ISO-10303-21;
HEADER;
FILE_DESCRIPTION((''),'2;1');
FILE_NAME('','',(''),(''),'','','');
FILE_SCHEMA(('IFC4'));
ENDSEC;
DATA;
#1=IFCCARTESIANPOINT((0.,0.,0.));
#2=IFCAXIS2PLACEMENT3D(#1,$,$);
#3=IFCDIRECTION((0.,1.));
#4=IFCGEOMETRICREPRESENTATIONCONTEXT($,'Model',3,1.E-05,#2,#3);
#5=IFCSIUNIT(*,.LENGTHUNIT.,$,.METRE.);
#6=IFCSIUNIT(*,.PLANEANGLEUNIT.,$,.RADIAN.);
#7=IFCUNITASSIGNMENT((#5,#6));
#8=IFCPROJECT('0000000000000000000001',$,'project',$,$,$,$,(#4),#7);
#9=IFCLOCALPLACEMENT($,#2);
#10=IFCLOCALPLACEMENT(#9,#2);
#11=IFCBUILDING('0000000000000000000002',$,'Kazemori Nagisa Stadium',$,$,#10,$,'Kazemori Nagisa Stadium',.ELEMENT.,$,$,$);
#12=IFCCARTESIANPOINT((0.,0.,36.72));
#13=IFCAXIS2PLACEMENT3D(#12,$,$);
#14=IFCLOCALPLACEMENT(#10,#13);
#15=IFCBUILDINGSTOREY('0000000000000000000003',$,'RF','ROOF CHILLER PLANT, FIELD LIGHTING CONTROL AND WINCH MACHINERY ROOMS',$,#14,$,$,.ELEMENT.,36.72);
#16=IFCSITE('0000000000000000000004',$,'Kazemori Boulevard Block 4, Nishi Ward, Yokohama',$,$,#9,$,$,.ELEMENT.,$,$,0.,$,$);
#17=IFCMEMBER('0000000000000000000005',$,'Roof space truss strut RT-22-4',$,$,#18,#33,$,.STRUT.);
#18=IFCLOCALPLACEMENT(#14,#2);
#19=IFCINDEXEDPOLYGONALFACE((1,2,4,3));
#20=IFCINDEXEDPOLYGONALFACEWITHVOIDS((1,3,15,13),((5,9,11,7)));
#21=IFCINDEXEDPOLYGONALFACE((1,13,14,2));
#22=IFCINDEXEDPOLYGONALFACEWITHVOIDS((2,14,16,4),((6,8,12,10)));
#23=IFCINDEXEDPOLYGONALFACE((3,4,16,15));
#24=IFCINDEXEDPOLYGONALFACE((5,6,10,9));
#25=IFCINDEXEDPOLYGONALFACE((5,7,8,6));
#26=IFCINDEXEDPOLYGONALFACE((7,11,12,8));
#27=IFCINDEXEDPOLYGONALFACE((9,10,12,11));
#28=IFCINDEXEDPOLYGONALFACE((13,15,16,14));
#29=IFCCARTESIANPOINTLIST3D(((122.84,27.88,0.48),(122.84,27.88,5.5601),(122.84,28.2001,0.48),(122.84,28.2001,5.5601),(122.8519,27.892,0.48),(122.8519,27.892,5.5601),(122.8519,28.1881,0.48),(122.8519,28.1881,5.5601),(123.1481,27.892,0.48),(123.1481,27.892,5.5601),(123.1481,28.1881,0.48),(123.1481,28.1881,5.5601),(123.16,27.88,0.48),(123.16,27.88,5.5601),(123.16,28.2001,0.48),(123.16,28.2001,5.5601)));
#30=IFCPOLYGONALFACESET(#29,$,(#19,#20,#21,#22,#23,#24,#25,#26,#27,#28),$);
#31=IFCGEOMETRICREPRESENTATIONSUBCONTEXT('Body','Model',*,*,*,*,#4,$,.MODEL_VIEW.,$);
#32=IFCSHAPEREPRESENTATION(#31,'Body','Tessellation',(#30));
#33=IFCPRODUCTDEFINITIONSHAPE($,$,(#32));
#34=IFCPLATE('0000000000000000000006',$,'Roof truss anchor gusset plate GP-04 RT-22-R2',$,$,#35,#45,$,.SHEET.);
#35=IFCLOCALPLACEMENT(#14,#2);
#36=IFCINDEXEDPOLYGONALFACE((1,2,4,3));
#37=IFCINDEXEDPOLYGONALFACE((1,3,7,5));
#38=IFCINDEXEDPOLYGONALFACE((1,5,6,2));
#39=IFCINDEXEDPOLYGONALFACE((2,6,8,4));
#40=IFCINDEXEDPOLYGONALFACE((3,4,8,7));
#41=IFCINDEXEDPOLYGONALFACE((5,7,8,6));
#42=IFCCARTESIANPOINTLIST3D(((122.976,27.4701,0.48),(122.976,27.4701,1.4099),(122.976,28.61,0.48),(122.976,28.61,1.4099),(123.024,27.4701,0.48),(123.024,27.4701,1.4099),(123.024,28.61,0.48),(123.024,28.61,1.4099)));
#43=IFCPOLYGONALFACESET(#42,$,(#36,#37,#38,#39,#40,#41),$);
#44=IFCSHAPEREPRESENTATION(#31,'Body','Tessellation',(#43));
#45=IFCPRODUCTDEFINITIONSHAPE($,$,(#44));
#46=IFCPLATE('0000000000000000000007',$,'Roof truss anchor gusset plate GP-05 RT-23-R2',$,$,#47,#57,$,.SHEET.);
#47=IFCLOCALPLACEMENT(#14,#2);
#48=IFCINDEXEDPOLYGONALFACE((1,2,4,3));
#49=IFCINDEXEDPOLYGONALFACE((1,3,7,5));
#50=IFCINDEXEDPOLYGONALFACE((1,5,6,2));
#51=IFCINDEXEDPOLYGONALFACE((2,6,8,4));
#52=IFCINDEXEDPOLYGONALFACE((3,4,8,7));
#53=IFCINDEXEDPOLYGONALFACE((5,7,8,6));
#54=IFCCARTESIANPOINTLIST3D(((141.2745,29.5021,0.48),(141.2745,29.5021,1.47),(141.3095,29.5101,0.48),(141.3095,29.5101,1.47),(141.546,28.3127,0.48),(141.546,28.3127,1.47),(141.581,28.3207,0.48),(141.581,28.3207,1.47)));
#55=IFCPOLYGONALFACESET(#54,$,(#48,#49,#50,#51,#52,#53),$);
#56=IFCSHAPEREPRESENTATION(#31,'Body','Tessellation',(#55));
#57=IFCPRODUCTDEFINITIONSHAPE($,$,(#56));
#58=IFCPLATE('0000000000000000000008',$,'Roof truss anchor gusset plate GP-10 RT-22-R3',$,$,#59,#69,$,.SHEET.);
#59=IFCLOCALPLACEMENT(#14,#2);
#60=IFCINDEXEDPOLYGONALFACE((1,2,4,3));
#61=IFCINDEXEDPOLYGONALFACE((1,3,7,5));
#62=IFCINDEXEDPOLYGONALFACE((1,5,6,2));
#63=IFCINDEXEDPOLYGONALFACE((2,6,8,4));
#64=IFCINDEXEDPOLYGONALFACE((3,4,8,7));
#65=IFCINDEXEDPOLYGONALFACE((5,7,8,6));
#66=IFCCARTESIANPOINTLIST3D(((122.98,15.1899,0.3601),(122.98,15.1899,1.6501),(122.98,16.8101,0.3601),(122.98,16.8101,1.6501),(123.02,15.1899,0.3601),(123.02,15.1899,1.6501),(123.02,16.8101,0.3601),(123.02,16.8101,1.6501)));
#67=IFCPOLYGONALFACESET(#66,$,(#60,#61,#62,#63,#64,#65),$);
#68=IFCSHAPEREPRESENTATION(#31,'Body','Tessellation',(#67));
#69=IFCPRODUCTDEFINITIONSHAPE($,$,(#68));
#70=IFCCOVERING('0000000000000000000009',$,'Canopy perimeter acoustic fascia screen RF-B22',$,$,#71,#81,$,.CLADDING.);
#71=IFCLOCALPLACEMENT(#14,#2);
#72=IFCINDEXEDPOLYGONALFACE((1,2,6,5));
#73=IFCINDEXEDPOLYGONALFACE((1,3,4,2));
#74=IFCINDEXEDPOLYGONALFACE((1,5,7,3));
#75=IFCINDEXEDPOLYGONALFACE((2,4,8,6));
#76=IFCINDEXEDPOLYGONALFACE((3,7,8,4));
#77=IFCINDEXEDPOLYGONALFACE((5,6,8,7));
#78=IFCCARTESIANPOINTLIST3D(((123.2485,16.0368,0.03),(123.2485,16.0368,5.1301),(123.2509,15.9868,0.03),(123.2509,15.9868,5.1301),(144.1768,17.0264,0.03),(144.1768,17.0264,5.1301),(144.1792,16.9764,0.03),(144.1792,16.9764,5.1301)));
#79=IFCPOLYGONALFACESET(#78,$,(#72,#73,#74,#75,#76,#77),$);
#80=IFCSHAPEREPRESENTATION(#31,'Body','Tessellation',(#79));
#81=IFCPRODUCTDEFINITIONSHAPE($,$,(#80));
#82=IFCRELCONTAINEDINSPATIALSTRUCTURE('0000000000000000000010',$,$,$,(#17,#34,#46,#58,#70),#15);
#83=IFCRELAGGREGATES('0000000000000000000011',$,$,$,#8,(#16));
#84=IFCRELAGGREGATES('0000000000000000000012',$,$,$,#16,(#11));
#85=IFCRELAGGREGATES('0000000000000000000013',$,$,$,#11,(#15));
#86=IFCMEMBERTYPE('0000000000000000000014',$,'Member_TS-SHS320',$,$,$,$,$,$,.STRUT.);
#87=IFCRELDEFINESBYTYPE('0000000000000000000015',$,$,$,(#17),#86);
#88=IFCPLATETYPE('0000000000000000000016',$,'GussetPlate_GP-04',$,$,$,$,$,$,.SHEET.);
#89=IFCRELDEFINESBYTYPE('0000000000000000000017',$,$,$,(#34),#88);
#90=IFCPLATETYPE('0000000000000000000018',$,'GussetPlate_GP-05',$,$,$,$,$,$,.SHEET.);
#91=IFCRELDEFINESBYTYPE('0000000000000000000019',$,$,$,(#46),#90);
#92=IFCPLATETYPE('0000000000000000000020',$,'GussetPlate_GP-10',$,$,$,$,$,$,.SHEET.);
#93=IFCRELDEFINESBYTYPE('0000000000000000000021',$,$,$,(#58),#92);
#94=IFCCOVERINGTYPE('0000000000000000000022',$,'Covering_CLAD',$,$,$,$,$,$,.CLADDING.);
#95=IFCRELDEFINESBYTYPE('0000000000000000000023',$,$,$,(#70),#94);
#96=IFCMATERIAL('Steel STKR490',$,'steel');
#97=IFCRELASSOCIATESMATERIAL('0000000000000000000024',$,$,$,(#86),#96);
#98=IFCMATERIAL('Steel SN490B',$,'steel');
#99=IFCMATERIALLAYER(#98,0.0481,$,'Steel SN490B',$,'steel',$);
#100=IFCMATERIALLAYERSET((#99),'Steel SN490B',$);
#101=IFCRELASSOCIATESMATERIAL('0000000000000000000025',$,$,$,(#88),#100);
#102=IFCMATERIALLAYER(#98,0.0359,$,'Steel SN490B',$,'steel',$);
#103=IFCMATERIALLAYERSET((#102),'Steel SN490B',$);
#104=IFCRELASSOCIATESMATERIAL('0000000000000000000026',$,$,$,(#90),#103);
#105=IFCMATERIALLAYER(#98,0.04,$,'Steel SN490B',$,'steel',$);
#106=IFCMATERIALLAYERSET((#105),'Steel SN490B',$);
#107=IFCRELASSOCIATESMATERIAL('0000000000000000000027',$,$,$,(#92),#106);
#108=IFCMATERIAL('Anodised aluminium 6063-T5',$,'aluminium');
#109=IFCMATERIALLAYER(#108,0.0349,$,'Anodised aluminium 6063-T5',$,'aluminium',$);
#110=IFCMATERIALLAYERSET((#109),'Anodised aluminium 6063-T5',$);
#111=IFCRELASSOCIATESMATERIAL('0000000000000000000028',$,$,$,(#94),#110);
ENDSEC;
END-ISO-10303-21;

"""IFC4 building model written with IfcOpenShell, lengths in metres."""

from ifc_helpers import new_model, si_unit, direction, frame, origin, origin_2d, place, context, subcontext, project, spatial, rectangle, hollow_rectangle, extrude, material, layer, layer_set, material_profile, profile_set, type_object, element, save


model = new_model("IFC4")

# Units and contexts
model_context = context("Model", 3, precision=1e-05, world=origin(), true_north=direction((0.0, 1.0)))
body_context = subcontext(model_context, "Body", "Model", "MODEL_VIEW")
ifc_project = project(units=[si_unit("LENGTHUNIT", "METRE"), si_unit("PLANEANGLEUNIT", "RADIAN")], contexts=[model_context])

# Site, building, storey
site_placement = place(None, origin())
site = spatial("IfcSite", under=ifc_project, at=site_placement, Name="Kazemori Boulevard Block 4, Nishi Ward, Yokohama", CompositionType="ELEMENT", RefElevation=0.0)
building_placement = place(site_placement, origin())
building = spatial("IfcBuilding", under=site, at=building_placement, Name="Kazemori Nagisa Stadium", LongName="Kazemori Nagisa Stadium", CompositionType="ELEMENT")
storey_placement = place(building_placement, frame((0.0, 0.0, 36.72)))
storey = spatial("IfcBuildingStorey", under=building, at=storey_placement, Name="RF", Description="ROOF CHILLER PLANT, FIELD LIGHTING CONTROL AND WINCH MACHINERY ROOMS", CompositionType="ELEMENT", Elevation=36.72)

# Shared definitions
ifc_material_1 = material(Name="Steel SN490B", Category="steel")

# Member
ifc_material_2 = material(Name="Steel STKR490", Category="steel")
ifc_material_profile_1 = material_profile(ifc_material_2, hollow_rectangle(XDim=0.3201, YDim=0.3201, WallThickness=0.012, at=origin_2d()), Name="SHS-320x320x12")
ifc_profile_set_1 = profile_set([ifc_material_profile_1], Name="Steel STKR490")
member_type_1 = type_object("IfcMemberType", Name="Member_TS-SHS320", PredefinedType="STRUT", material=ifc_profile_set_1)
member_1_placement = place(storey_placement, frame((123.0, 28.04, 0.48), z_axis=(0.0, 0.0, 1.0), x_axis=(1.0, 0.0, 0.0)))
element("IfcMember", 1, at=member_1_placement, inside=storey, type_object=member_type_1, Name="Roof space truss strut RT-22-4", PredefinedType="STRUT", context=body_context, shape_type="SweptSolid", body=[
    extrude(hollow_rectangle(XDim=0.3201, YDim=0.3201, WallThickness=0.012, at=origin_2d()), origin(), (0.0, 0.0, 1.0), 5.0801),
])

# Plates
ifc_layer_1 = layer(ifc_material_1, 0.0481, Name="Steel SN490B", Category="steel")
ifc_layer_set_1 = layer_set([ifc_layer_1], Name="Steel SN490B")
plate_type_1 = type_object("IfcPlateType", Name="GussetPlate_GP-04", PredefinedType="SHEET", material=ifc_layer_set_1)
plate_1_placement = place(storey_placement, frame((123.0, 28.04, 0.48), z_axis=(0.0, 0.0, 1.0), x_axis=(0.0, -1.0, 0.0)))
element("IfcPlate", 2, at=plate_1_placement, inside=storey, type_object=plate_type_1, Name="Roof truss anchor gusset plate GP-04 RT-22-R2", PredefinedType="SHEET", context=body_context, shape_type="SweptSolid", body=[
    extrude(rectangle(XDim=1.1399, YDim=0.0481, at=origin_2d()), origin(), (0.0, 0.0, 1.0), 0.9299),
])
ifc_layer_2 = layer(ifc_material_1, 0.0359, Name="Steel SN490B", Category="steel")
ifc_layer_set_2 = layer_set([ifc_layer_2], Name="Steel SN490B")
plate_type_2 = type_object("IfcPlateType", Name="GussetPlate_GP-05", PredefinedType="SHEET", material=ifc_layer_set_2)
plate_2_placement = place(storey_placement, frame((141.4277, 28.9114, 0.48), z_axis=(0.0, 0.0, 1.0), x_axis=(0.222521, -0.974928, 0.0)))
element("IfcPlate", 3, at=plate_2_placement, inside=storey, type_object=plate_type_2, Name="Roof truss anchor gusset plate GP-05 RT-23-R2", PredefinedType="SHEET", context=body_context, shape_type="SweptSolid", body=[
    extrude(rectangle(XDim=1.22, YDim=0.0359, at=origin_2d()), origin(), (0.0, 0.0, 1.0), 0.99),
])
ifc_layer_3 = layer(ifc_material_1, 0.04, Name="Steel SN490B", Category="steel")
ifc_layer_set_3 = layer_set([ifc_layer_3], Name="Steel SN490B")
plate_type_3 = type_object("IfcPlateType", Name="GussetPlate_GP-10", PredefinedType="SHEET", material=ifc_layer_set_3)
plate_3_placement = place(storey_placement, frame((123.0, 16.0, 0.3601), z_axis=(0.0, 0.0, 1.0), x_axis=(0.0, -1.0, 0.0)))
element("IfcPlate", 4, at=plate_3_placement, inside=storey, type_object=plate_type_3, Name="Roof truss anchor gusset plate GP-10 RT-22-R3", PredefinedType="SHEET", context=body_context, shape_type="SweptSolid", body=[
    extrude(rectangle(XDim=1.6201, YDim=0.04, at=origin_2d()), origin(), (0.0, 0.0, 1.0), 1.29),
])

# Covering
ifc_material_3 = material(Name="Anodised aluminium 6063-T5", Category="aluminium")
ifc_layer_4 = layer(ifc_material_3, 0.0349, Name="Anodised aluminium 6063-T5", Category="aluminium")
ifc_layer_set_4 = layer_set([ifc_layer_4], Name="Anodised aluminium 6063-T5")
covering_type = type_object("IfcCoveringType", Name="Covering_CLAD", PredefinedType="CLADDING", material=ifc_layer_set_4)
covering_placement = place(storey_placement, frame((133.7139, 16.5066, 0.03), z_axis=(0.0, 0.0, 1.0), x_axis=(0.998884, 0.04723, 0.0)))
element("IfcCovering", 5, at=covering_placement, inside=storey, type_object=covering_type, Name="Canopy perimeter acoustic fascia screen RF-B22", PredefinedType="CLADDING", context=body_context, shape_type="SweptSolid", body=[
    extrude(rectangle(XDim=20.9517, YDim=0.05, at=origin_2d()), origin(), (0.0, 0.0, 1.0), 5.1001),
])

save(model, "model.ifc")
